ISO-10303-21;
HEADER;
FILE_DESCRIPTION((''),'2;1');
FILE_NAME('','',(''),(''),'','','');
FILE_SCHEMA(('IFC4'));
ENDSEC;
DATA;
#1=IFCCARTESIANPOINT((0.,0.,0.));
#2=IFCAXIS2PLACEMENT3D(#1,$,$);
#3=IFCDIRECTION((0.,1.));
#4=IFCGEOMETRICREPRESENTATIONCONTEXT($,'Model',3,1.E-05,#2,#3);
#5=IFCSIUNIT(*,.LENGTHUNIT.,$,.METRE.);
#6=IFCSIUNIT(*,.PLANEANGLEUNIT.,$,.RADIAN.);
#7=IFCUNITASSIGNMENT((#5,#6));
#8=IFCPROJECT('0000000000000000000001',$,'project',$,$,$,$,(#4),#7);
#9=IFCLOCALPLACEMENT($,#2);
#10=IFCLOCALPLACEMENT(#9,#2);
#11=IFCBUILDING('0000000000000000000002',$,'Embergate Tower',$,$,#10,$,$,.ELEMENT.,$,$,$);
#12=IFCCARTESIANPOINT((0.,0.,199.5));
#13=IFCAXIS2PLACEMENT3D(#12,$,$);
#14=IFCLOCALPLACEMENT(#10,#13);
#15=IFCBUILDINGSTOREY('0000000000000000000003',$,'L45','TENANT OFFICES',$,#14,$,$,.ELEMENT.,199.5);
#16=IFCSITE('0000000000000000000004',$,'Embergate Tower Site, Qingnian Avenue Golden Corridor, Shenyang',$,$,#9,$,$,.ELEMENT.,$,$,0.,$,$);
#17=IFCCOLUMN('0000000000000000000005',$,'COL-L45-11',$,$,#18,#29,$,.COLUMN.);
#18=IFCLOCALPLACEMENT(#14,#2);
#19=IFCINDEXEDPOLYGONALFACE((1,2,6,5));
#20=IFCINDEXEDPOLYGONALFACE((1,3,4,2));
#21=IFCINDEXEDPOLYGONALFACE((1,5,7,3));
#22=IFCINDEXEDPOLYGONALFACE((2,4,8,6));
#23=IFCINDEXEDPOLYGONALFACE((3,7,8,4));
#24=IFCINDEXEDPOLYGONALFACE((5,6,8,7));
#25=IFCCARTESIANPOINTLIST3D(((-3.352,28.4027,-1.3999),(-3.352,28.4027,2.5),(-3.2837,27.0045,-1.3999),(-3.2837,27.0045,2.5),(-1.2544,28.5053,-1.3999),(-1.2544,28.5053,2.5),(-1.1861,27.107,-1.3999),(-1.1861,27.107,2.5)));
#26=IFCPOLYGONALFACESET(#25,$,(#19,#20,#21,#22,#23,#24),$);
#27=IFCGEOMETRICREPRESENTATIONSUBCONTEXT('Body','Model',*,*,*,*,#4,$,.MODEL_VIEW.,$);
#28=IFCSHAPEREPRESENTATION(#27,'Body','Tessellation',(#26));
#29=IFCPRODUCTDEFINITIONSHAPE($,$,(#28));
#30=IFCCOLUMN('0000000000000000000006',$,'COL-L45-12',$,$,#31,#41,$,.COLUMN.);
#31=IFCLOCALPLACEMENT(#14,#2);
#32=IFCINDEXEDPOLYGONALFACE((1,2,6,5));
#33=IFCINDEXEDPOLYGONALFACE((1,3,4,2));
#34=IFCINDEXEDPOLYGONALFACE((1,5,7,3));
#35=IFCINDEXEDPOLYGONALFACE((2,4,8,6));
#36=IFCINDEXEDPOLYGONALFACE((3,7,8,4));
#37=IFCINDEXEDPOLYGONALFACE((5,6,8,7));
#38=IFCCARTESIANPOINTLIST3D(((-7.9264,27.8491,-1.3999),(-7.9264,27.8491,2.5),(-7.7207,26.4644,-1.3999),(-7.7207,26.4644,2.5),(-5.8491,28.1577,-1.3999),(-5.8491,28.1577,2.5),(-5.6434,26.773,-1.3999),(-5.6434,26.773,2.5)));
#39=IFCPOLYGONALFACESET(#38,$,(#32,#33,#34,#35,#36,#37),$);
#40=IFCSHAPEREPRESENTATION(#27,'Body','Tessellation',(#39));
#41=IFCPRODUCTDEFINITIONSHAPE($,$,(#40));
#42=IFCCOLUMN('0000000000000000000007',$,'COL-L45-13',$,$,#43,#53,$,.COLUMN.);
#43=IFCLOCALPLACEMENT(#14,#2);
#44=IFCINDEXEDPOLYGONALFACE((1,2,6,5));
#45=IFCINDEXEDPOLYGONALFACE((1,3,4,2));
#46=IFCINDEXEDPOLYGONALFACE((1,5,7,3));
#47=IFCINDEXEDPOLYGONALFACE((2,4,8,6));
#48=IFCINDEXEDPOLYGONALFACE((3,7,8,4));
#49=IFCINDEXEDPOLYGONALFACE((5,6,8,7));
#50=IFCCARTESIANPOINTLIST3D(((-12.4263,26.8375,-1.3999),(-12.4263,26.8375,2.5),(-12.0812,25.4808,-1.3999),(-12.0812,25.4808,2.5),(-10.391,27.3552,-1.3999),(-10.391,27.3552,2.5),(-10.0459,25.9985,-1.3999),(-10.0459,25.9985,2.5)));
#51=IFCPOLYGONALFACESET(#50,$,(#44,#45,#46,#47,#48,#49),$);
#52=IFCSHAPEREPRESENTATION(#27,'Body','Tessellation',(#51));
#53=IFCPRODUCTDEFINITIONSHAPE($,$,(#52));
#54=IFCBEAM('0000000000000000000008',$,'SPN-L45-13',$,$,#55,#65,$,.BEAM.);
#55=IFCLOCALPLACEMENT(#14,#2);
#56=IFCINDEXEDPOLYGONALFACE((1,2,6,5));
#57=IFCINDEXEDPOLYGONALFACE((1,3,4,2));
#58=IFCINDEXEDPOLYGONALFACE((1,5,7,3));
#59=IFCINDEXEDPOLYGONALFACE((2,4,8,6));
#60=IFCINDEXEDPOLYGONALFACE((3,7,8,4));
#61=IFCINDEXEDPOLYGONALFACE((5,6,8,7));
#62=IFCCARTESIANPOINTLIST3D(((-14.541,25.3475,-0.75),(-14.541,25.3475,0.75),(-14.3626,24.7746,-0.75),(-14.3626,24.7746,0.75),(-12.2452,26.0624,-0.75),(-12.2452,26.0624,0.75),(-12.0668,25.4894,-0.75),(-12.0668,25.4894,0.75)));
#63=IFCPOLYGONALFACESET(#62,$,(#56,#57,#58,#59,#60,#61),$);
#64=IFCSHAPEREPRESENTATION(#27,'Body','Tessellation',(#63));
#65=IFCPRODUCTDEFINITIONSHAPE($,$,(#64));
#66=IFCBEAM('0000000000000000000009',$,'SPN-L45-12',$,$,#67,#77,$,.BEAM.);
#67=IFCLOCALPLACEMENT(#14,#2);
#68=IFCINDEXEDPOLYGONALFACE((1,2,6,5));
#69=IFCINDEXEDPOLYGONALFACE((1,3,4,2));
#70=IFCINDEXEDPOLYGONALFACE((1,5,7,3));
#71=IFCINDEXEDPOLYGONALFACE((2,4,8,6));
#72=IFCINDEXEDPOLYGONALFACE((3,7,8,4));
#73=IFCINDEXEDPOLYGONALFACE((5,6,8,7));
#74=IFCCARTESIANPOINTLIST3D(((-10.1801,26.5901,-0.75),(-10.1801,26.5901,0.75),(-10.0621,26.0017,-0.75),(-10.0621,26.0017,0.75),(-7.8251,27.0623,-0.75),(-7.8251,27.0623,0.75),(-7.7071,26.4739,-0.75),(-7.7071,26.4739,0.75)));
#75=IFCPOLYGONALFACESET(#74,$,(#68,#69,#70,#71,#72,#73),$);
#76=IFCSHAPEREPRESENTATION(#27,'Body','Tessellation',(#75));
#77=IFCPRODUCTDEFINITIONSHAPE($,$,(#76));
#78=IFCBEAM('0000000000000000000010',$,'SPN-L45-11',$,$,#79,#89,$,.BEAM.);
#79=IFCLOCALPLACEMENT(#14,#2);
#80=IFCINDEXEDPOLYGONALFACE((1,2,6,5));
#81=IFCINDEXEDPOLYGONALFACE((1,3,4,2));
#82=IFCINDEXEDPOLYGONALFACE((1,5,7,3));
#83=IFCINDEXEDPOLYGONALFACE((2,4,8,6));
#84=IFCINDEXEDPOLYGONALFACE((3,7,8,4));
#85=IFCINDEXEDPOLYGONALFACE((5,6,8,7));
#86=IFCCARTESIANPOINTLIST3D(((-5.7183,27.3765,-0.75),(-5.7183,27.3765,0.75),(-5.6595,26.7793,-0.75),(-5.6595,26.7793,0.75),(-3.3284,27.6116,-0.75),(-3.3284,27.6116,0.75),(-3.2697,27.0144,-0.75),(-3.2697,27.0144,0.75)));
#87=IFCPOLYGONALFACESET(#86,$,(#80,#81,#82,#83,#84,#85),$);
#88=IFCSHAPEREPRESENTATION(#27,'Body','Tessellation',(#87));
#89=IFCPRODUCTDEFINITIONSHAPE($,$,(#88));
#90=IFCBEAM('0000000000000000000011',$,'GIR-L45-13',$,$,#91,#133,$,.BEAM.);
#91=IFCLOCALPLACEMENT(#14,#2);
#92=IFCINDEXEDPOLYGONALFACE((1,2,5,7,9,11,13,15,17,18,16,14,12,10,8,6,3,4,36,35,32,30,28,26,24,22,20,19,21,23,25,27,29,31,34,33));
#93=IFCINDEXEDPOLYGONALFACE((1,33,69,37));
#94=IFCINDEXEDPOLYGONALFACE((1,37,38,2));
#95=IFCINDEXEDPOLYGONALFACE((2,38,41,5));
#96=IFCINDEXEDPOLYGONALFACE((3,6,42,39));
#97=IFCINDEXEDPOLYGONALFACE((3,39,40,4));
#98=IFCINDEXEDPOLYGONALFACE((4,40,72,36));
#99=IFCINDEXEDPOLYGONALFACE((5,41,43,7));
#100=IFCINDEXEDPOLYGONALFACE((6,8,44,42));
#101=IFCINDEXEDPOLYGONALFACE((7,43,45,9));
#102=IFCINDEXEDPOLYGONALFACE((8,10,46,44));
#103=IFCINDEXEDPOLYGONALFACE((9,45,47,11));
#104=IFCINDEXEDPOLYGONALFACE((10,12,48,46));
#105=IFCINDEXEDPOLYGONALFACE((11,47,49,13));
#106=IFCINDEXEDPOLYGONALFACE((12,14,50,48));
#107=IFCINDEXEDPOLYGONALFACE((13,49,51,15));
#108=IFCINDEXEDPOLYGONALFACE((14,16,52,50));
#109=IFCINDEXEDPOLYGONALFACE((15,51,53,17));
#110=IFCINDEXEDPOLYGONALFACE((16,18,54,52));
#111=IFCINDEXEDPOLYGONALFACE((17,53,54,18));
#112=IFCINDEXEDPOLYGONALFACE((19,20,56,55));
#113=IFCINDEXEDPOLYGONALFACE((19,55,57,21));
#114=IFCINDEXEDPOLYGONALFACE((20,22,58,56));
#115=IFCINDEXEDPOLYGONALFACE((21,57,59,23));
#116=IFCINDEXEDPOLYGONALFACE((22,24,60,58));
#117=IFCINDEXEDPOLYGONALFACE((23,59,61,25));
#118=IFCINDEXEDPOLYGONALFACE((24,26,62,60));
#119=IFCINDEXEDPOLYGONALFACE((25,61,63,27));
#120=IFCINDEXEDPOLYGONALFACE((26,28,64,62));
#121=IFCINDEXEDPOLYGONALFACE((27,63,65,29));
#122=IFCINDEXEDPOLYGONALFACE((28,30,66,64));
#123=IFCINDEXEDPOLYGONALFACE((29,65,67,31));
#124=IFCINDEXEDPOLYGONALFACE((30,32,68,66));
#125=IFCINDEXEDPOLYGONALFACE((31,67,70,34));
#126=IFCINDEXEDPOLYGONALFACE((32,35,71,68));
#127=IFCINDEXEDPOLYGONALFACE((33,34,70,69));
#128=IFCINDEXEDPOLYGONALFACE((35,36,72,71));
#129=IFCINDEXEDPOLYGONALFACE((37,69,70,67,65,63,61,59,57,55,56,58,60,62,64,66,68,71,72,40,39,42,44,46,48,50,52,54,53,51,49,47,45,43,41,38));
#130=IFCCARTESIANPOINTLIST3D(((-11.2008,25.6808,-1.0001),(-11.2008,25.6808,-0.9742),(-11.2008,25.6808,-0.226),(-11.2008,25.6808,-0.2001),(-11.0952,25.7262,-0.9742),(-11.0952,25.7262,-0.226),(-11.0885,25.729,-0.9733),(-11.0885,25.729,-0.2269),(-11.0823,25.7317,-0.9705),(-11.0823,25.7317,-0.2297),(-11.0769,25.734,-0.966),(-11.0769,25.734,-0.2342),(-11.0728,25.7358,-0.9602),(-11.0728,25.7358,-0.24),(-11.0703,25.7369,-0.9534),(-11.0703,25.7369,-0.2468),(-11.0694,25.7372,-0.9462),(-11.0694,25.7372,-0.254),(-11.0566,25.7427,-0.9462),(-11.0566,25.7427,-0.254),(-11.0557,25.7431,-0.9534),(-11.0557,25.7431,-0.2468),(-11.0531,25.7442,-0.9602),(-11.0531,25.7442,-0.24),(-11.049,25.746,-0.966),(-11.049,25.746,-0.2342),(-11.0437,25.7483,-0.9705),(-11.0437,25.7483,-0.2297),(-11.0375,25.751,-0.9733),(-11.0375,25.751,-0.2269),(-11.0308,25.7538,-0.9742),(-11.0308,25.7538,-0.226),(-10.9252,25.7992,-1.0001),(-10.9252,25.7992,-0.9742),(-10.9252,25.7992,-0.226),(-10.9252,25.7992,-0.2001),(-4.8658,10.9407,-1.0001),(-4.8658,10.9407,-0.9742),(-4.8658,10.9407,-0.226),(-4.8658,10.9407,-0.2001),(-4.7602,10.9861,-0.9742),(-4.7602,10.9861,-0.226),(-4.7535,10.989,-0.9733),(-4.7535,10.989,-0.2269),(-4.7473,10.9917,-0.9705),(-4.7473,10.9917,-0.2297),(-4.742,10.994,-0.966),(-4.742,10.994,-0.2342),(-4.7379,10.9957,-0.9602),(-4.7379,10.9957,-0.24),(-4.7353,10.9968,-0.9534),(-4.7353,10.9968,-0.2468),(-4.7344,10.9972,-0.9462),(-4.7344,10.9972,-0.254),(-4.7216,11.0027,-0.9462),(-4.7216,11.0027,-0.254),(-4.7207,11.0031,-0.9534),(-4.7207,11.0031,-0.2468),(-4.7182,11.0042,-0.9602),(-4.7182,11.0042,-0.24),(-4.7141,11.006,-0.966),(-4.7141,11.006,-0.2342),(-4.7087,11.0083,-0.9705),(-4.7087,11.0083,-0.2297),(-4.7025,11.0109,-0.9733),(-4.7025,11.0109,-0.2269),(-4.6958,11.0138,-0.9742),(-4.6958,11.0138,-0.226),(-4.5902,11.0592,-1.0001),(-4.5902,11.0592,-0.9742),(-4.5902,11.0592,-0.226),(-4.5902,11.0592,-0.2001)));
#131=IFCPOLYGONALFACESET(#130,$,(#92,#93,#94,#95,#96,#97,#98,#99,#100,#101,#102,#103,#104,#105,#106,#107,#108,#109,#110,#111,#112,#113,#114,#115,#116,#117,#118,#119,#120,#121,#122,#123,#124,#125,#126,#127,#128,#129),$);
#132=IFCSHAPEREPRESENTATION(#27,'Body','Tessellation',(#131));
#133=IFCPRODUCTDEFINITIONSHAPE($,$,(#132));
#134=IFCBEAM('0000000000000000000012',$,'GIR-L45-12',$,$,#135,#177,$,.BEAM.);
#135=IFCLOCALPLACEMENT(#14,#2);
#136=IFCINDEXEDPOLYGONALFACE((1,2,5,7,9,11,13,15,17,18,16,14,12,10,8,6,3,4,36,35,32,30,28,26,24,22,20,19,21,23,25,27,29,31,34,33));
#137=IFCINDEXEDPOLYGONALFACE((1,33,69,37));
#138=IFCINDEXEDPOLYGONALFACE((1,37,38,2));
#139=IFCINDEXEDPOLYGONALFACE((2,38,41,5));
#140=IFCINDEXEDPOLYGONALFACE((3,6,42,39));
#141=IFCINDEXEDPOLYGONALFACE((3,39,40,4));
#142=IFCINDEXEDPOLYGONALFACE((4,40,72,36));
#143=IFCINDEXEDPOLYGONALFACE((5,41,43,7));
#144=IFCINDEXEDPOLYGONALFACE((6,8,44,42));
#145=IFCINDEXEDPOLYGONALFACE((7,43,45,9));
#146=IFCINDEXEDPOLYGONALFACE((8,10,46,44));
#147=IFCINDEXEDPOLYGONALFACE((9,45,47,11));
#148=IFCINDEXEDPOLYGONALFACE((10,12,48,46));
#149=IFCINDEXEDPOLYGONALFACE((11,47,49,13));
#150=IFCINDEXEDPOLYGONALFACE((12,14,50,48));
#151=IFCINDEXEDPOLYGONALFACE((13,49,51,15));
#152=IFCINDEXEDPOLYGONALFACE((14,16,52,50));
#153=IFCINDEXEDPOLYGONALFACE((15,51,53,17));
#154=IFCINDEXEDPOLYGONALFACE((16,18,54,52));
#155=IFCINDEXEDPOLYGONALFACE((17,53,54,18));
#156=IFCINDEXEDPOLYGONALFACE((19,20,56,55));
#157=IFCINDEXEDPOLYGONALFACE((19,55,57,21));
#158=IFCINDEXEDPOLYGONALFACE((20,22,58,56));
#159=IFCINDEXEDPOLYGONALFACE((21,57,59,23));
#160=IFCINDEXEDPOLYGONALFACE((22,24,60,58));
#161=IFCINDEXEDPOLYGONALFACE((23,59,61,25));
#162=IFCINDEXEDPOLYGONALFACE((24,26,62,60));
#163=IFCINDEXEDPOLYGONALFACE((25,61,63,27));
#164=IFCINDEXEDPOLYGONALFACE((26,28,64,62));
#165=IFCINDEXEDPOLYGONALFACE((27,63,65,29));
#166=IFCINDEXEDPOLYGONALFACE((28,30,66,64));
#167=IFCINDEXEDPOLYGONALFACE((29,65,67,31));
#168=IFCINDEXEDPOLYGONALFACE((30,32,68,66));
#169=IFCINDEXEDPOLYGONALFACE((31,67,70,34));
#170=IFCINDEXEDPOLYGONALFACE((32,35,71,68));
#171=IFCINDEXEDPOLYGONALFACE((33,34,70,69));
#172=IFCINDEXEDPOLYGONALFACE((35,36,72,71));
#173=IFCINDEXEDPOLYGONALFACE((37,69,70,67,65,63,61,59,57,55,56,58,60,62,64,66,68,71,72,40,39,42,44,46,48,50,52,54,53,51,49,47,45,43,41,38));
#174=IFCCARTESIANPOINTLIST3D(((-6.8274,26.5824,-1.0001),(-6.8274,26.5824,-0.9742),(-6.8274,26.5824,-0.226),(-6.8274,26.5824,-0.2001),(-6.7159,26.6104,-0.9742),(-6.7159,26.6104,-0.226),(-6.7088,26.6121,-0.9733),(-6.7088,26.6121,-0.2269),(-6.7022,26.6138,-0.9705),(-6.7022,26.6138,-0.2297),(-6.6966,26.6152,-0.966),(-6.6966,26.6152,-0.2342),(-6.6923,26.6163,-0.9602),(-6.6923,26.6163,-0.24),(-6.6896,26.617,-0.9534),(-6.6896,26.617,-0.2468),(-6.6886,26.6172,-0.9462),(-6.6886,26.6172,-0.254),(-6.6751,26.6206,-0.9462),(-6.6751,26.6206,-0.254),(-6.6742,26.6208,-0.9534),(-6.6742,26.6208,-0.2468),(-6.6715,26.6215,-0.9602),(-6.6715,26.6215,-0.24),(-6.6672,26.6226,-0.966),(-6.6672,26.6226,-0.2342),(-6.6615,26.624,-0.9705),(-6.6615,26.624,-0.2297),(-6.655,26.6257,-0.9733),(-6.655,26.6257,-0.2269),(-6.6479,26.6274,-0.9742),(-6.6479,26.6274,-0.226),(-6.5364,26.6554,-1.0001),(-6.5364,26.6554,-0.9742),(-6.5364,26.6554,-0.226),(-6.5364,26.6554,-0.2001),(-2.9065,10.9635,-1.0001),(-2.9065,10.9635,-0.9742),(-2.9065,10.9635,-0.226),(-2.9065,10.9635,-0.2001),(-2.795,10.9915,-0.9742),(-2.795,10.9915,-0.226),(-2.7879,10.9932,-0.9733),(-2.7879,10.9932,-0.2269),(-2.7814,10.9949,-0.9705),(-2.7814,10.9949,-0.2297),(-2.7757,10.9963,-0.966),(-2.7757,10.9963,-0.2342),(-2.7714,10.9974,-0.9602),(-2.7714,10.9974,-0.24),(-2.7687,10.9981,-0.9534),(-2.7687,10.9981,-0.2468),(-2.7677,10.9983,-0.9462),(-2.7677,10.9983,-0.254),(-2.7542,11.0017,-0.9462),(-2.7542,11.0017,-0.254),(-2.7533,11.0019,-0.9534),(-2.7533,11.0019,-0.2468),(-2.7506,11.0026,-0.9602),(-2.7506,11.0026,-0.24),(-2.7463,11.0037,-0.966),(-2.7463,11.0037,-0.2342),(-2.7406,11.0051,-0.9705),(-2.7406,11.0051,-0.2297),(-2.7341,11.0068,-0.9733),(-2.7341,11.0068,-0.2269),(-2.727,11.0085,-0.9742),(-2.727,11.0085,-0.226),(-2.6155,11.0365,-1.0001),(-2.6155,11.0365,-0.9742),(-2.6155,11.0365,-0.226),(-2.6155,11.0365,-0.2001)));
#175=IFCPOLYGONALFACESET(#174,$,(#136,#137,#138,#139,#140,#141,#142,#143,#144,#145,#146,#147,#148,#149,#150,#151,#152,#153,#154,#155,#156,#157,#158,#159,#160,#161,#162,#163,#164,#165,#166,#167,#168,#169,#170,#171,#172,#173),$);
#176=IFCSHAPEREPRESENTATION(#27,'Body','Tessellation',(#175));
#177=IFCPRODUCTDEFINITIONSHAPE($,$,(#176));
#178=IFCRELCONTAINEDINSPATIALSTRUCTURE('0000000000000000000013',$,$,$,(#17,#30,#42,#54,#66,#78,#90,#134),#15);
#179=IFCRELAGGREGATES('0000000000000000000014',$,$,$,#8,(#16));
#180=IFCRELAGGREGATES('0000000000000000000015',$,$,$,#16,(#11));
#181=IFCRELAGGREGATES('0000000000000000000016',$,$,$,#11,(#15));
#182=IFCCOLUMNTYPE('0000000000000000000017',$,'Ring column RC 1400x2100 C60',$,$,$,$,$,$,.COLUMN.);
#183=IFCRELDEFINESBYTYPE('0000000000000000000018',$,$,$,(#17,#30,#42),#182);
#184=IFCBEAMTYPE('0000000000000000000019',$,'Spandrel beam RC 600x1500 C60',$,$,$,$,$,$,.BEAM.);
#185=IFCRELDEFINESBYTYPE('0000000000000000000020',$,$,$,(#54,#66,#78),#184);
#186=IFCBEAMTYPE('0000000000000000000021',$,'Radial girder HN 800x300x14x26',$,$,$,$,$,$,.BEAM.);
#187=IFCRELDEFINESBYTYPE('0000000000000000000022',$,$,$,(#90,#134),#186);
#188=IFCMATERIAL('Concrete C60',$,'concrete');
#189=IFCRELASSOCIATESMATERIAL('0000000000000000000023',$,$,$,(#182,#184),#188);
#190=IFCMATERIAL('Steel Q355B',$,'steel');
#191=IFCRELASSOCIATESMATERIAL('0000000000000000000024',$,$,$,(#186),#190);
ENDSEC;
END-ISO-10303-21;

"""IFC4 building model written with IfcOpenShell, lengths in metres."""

from ifc_helpers import new_model, si_unit, direction, frame, origin, origin_2d, place, context, subcontext, project, spatial, rectangle, i_section, extrude, source, transform, mapped, material, material_profile, profile_set, type_object, element, save


model = new_model("IFC4")

# Units and contexts
model_context = context("Model", 3, precision=1e-05, world=origin(), true_north=direction((0.0, 1.0)))
body_context = subcontext(model_context, "Body", "Model", "MODEL_VIEW")
ifc_project = project(units=[si_unit("LENGTHUNIT", "METRE"), si_unit("PLANEANGLEUNIT", "RADIAN")], contexts=[model_context])

# Site, building, storey
site_placement = place(None, origin())
site = spatial("IfcSite", under=ifc_project, at=site_placement, Name="Embergate Tower Site, Qingnian Avenue Golden Corridor, Shenyang", CompositionType="ELEMENT", RefElevation=0.0)
building_placement = place(site_placement, origin())
building = spatial("IfcBuilding", under=site, at=building_placement, Name="Embergate Tower", CompositionType="ELEMENT")
storey_placement = place(building_placement, frame((0.0, 0.0, 199.5)))
storey = spatial("IfcBuildingStorey", under=building, at=storey_placement, Name="L45", Description="TENANT OFFICES", CompositionType="ELEMENT", Elevation=199.5)

# Columns
ifc_material_1 = material(Name="Concrete C60", Category="concrete")
ifc_material_profile_1 = material_profile(ifc_material_1, rectangle(XDim=1.3999, YDim=2.1001, at=origin_2d()), Name="RC 1400x2100")
ifc_profile_set_1 = profile_set([ifc_material_profile_1], Name="Concrete C60")
column_type = type_object("IfcColumnType", Name="Ring column RC 1400x2100 C60", PredefinedType="COLUMN", material=ifc_profile_set_1)
shared_shape_1 = source(origin(), body_context, "Body", "SweptSolid", [
    extrude(rectangle(XDim=1.3999, YDim=2.1001, at=origin_2d()), origin(), (0.0, 0.0, 1.0), 3.8999),
])
for number, where, z_axis, x_axis, name in (
    (1, (-2.269, 27.7549, -1.3999), (0.0, 0.0, 1.0), (-0.048815, 0.998808, 0.0), "COL-L45-11"),
    (2, (-6.7849, 27.311, -1.3999), (0.0, 0.0, 1.0), (-0.146929, 0.989147, 0.0), "COL-L45-12"),
    (3, (-11.2361, 26.418, -1.3999), (0.0, 0.0, 1.0), (-0.246509, 0.969141, 0.0), "COL-L45-13"),
):
    element("IfcColumn", number, at=place(storey_placement, frame(where, z_axis=z_axis, x_axis=x_axis)), inside=storey, type_object=column_type, Name=name, PredefinedType="COLUMN", context=body_context, shape_type="MappedRepresentation", body=[
        mapped(shared_shape_1, transform((0.0, 0.0, 0.0))),
    ])

# Beams
ifc_material_profile_2 = material_profile(ifc_material_1, rectangle(XDim=0.6001, YDim=1.5, at=origin_2d()), Name="RC 600x1500")
ifc_profile_set_2 = profile_set([ifc_material_profile_2], Name="Concrete C60")
beam_type_1 = type_object("IfcBeamType", Name="Spandrel beam RC 600x1500 C60", PredefinedType="BEAM", material=ifc_profile_set_2)
shared_shape_2 = source(origin(), body_context, "Body", "SweptSolid", [
    extrude(rectangle(XDim=0.6001, YDim=1.5, at=origin_2d()), origin(), (0.0, 0.0, 1.0), 2.4045),
])
beam_1_placement = place(storey_placement, frame((-12.156, 25.7759, 0.0), z_axis=(-0.95479, -0.29728, 0.0), x_axis=(0.29728, -0.95479, 0.0)))
element("IfcBeam", 4, at=beam_1_placement, inside=storey, type_object=beam_type_1, Name="SPN-L45-13", PredefinedType="BEAM", context=body_context, shape_type="MappedRepresentation", body=[
    mapped(shared_shape_2, transform((0.0, 0.0, 0.0))),
])
shared_shape_3 = source(origin(), body_context, "Body", "SweptSolid", [
    extrude(rectangle(XDim=0.6001, YDim=1.5, at=origin_2d()), origin(), (0.0, 0.0, 1.0), 2.4019),
])
beam_2_placement = place(storey_placement, frame((-7.7661, 26.7681, 0.0), z_axis=(-0.980487, -0.196585, 0.0), x_axis=(0.196585, -0.980487, 0.0)))
element("IfcBeam", 5, at=beam_2_placement, inside=storey, type_object=beam_type_1, Name="SPN-L45-12", PredefinedType="BEAM", context=body_context, shape_type="MappedRepresentation", body=[
    mapped(shared_shape_3, transform((0.0, 0.0, 0.0))),
])
shared_shape_4 = source(origin(), body_context, "Body", "SweptSolid", [
    extrude(rectangle(XDim=0.6001, YDim=1.5, at=origin_2d()), origin(), (0.0, 0.0, 1.0), 2.4014),
])
beam_3_placement = place(storey_placement, frame((-3.2991, 27.313, 0.0), z_axis=(-0.995196, -0.097903, 0.0), x_axis=(0.097903, -0.995196, 0.0)))
element("IfcBeam", 6, at=beam_3_placement, inside=storey, type_object=beam_type_1, Name="SPN-L45-11", PredefinedType="BEAM", context=body_context, shape_type="MappedRepresentation", body=[
    mapped(shared_shape_4, transform((0.0, 0.0, 0.0))),
])
ifc_material_2 = material(Name="Steel Q355B", Category="steel")
ifc_material_profile_3 = material_profile(ifc_material_2, i_section(OverallWidth=0.3, OverallDepth=0.8, WebThickness=0.0139, FlangeThickness=0.0259, FilletRadius=0.0281, at=origin_2d()), Name="HN 800x300x14x26")
ifc_profile_set_3 = profile_set([ifc_material_profile_3], Name="Steel Q355 grade B")
beam_type_2 = type_object("IfcBeamType", Name="Radial girder HN 800x300x14x26", PredefinedType="BEAM", material=ifc_profile_set_3)
shared_shape_5 = source(origin(), body_context, "Body", "SweptSolid", [
    extrude(i_section(OverallWidth=0.3, OverallDepth=0.8, WebThickness=0.0139, FlangeThickness=0.0259, FilletRadius=0.0281, at=origin_2d()), origin(), (0.0, 0.0, 1.0), 16.0437),
])
beam_4_placement = place(storey_placement, frame((-11.063, 25.74, -0.6001), z_axis=(0.394858, -0.918742, 0.0), x_axis=(0.918742, 0.394858, 0.0)))
element("IfcBeam", 7, at=beam_4_placement, inside=storey, type_object=beam_type_2, Name="GIR-L45-13", PredefinedType="BEAM", context=body_context, shape_type="MappedRepresentation", body=[
    mapped(shared_shape_5, transform((0.0, 0.0, 0.0))),
])
shared_shape_6 = source(origin(), body_context, "Body", "SweptSolid", [
    extrude(i_section(OverallWidth=0.3, OverallDepth=0.8, WebThickness=0.0139, FlangeThickness=0.0259, FilletRadius=0.0281, at=origin_2d()), origin(), (0.0, 0.0, 1.0), 16.1035),
])
beam_5_placement = place(storey_placement, frame((-6.6819, 26.6189, -0.6001), z_axis=(0.243481, -0.969906, 0.0), x_axis=(0.969906, 0.243481, 0.0)))
element("IfcBeam", 8, at=beam_5_placement, inside=storey, type_object=beam_type_2, Name="GIR-L45-12", PredefinedType="BEAM", context=body_context, shape_type="MappedRepresentation", body=[
    mapped(shared_shape_6, transform((0.0, 0.0, 0.0))),
])

save(model, "model.ifc")
